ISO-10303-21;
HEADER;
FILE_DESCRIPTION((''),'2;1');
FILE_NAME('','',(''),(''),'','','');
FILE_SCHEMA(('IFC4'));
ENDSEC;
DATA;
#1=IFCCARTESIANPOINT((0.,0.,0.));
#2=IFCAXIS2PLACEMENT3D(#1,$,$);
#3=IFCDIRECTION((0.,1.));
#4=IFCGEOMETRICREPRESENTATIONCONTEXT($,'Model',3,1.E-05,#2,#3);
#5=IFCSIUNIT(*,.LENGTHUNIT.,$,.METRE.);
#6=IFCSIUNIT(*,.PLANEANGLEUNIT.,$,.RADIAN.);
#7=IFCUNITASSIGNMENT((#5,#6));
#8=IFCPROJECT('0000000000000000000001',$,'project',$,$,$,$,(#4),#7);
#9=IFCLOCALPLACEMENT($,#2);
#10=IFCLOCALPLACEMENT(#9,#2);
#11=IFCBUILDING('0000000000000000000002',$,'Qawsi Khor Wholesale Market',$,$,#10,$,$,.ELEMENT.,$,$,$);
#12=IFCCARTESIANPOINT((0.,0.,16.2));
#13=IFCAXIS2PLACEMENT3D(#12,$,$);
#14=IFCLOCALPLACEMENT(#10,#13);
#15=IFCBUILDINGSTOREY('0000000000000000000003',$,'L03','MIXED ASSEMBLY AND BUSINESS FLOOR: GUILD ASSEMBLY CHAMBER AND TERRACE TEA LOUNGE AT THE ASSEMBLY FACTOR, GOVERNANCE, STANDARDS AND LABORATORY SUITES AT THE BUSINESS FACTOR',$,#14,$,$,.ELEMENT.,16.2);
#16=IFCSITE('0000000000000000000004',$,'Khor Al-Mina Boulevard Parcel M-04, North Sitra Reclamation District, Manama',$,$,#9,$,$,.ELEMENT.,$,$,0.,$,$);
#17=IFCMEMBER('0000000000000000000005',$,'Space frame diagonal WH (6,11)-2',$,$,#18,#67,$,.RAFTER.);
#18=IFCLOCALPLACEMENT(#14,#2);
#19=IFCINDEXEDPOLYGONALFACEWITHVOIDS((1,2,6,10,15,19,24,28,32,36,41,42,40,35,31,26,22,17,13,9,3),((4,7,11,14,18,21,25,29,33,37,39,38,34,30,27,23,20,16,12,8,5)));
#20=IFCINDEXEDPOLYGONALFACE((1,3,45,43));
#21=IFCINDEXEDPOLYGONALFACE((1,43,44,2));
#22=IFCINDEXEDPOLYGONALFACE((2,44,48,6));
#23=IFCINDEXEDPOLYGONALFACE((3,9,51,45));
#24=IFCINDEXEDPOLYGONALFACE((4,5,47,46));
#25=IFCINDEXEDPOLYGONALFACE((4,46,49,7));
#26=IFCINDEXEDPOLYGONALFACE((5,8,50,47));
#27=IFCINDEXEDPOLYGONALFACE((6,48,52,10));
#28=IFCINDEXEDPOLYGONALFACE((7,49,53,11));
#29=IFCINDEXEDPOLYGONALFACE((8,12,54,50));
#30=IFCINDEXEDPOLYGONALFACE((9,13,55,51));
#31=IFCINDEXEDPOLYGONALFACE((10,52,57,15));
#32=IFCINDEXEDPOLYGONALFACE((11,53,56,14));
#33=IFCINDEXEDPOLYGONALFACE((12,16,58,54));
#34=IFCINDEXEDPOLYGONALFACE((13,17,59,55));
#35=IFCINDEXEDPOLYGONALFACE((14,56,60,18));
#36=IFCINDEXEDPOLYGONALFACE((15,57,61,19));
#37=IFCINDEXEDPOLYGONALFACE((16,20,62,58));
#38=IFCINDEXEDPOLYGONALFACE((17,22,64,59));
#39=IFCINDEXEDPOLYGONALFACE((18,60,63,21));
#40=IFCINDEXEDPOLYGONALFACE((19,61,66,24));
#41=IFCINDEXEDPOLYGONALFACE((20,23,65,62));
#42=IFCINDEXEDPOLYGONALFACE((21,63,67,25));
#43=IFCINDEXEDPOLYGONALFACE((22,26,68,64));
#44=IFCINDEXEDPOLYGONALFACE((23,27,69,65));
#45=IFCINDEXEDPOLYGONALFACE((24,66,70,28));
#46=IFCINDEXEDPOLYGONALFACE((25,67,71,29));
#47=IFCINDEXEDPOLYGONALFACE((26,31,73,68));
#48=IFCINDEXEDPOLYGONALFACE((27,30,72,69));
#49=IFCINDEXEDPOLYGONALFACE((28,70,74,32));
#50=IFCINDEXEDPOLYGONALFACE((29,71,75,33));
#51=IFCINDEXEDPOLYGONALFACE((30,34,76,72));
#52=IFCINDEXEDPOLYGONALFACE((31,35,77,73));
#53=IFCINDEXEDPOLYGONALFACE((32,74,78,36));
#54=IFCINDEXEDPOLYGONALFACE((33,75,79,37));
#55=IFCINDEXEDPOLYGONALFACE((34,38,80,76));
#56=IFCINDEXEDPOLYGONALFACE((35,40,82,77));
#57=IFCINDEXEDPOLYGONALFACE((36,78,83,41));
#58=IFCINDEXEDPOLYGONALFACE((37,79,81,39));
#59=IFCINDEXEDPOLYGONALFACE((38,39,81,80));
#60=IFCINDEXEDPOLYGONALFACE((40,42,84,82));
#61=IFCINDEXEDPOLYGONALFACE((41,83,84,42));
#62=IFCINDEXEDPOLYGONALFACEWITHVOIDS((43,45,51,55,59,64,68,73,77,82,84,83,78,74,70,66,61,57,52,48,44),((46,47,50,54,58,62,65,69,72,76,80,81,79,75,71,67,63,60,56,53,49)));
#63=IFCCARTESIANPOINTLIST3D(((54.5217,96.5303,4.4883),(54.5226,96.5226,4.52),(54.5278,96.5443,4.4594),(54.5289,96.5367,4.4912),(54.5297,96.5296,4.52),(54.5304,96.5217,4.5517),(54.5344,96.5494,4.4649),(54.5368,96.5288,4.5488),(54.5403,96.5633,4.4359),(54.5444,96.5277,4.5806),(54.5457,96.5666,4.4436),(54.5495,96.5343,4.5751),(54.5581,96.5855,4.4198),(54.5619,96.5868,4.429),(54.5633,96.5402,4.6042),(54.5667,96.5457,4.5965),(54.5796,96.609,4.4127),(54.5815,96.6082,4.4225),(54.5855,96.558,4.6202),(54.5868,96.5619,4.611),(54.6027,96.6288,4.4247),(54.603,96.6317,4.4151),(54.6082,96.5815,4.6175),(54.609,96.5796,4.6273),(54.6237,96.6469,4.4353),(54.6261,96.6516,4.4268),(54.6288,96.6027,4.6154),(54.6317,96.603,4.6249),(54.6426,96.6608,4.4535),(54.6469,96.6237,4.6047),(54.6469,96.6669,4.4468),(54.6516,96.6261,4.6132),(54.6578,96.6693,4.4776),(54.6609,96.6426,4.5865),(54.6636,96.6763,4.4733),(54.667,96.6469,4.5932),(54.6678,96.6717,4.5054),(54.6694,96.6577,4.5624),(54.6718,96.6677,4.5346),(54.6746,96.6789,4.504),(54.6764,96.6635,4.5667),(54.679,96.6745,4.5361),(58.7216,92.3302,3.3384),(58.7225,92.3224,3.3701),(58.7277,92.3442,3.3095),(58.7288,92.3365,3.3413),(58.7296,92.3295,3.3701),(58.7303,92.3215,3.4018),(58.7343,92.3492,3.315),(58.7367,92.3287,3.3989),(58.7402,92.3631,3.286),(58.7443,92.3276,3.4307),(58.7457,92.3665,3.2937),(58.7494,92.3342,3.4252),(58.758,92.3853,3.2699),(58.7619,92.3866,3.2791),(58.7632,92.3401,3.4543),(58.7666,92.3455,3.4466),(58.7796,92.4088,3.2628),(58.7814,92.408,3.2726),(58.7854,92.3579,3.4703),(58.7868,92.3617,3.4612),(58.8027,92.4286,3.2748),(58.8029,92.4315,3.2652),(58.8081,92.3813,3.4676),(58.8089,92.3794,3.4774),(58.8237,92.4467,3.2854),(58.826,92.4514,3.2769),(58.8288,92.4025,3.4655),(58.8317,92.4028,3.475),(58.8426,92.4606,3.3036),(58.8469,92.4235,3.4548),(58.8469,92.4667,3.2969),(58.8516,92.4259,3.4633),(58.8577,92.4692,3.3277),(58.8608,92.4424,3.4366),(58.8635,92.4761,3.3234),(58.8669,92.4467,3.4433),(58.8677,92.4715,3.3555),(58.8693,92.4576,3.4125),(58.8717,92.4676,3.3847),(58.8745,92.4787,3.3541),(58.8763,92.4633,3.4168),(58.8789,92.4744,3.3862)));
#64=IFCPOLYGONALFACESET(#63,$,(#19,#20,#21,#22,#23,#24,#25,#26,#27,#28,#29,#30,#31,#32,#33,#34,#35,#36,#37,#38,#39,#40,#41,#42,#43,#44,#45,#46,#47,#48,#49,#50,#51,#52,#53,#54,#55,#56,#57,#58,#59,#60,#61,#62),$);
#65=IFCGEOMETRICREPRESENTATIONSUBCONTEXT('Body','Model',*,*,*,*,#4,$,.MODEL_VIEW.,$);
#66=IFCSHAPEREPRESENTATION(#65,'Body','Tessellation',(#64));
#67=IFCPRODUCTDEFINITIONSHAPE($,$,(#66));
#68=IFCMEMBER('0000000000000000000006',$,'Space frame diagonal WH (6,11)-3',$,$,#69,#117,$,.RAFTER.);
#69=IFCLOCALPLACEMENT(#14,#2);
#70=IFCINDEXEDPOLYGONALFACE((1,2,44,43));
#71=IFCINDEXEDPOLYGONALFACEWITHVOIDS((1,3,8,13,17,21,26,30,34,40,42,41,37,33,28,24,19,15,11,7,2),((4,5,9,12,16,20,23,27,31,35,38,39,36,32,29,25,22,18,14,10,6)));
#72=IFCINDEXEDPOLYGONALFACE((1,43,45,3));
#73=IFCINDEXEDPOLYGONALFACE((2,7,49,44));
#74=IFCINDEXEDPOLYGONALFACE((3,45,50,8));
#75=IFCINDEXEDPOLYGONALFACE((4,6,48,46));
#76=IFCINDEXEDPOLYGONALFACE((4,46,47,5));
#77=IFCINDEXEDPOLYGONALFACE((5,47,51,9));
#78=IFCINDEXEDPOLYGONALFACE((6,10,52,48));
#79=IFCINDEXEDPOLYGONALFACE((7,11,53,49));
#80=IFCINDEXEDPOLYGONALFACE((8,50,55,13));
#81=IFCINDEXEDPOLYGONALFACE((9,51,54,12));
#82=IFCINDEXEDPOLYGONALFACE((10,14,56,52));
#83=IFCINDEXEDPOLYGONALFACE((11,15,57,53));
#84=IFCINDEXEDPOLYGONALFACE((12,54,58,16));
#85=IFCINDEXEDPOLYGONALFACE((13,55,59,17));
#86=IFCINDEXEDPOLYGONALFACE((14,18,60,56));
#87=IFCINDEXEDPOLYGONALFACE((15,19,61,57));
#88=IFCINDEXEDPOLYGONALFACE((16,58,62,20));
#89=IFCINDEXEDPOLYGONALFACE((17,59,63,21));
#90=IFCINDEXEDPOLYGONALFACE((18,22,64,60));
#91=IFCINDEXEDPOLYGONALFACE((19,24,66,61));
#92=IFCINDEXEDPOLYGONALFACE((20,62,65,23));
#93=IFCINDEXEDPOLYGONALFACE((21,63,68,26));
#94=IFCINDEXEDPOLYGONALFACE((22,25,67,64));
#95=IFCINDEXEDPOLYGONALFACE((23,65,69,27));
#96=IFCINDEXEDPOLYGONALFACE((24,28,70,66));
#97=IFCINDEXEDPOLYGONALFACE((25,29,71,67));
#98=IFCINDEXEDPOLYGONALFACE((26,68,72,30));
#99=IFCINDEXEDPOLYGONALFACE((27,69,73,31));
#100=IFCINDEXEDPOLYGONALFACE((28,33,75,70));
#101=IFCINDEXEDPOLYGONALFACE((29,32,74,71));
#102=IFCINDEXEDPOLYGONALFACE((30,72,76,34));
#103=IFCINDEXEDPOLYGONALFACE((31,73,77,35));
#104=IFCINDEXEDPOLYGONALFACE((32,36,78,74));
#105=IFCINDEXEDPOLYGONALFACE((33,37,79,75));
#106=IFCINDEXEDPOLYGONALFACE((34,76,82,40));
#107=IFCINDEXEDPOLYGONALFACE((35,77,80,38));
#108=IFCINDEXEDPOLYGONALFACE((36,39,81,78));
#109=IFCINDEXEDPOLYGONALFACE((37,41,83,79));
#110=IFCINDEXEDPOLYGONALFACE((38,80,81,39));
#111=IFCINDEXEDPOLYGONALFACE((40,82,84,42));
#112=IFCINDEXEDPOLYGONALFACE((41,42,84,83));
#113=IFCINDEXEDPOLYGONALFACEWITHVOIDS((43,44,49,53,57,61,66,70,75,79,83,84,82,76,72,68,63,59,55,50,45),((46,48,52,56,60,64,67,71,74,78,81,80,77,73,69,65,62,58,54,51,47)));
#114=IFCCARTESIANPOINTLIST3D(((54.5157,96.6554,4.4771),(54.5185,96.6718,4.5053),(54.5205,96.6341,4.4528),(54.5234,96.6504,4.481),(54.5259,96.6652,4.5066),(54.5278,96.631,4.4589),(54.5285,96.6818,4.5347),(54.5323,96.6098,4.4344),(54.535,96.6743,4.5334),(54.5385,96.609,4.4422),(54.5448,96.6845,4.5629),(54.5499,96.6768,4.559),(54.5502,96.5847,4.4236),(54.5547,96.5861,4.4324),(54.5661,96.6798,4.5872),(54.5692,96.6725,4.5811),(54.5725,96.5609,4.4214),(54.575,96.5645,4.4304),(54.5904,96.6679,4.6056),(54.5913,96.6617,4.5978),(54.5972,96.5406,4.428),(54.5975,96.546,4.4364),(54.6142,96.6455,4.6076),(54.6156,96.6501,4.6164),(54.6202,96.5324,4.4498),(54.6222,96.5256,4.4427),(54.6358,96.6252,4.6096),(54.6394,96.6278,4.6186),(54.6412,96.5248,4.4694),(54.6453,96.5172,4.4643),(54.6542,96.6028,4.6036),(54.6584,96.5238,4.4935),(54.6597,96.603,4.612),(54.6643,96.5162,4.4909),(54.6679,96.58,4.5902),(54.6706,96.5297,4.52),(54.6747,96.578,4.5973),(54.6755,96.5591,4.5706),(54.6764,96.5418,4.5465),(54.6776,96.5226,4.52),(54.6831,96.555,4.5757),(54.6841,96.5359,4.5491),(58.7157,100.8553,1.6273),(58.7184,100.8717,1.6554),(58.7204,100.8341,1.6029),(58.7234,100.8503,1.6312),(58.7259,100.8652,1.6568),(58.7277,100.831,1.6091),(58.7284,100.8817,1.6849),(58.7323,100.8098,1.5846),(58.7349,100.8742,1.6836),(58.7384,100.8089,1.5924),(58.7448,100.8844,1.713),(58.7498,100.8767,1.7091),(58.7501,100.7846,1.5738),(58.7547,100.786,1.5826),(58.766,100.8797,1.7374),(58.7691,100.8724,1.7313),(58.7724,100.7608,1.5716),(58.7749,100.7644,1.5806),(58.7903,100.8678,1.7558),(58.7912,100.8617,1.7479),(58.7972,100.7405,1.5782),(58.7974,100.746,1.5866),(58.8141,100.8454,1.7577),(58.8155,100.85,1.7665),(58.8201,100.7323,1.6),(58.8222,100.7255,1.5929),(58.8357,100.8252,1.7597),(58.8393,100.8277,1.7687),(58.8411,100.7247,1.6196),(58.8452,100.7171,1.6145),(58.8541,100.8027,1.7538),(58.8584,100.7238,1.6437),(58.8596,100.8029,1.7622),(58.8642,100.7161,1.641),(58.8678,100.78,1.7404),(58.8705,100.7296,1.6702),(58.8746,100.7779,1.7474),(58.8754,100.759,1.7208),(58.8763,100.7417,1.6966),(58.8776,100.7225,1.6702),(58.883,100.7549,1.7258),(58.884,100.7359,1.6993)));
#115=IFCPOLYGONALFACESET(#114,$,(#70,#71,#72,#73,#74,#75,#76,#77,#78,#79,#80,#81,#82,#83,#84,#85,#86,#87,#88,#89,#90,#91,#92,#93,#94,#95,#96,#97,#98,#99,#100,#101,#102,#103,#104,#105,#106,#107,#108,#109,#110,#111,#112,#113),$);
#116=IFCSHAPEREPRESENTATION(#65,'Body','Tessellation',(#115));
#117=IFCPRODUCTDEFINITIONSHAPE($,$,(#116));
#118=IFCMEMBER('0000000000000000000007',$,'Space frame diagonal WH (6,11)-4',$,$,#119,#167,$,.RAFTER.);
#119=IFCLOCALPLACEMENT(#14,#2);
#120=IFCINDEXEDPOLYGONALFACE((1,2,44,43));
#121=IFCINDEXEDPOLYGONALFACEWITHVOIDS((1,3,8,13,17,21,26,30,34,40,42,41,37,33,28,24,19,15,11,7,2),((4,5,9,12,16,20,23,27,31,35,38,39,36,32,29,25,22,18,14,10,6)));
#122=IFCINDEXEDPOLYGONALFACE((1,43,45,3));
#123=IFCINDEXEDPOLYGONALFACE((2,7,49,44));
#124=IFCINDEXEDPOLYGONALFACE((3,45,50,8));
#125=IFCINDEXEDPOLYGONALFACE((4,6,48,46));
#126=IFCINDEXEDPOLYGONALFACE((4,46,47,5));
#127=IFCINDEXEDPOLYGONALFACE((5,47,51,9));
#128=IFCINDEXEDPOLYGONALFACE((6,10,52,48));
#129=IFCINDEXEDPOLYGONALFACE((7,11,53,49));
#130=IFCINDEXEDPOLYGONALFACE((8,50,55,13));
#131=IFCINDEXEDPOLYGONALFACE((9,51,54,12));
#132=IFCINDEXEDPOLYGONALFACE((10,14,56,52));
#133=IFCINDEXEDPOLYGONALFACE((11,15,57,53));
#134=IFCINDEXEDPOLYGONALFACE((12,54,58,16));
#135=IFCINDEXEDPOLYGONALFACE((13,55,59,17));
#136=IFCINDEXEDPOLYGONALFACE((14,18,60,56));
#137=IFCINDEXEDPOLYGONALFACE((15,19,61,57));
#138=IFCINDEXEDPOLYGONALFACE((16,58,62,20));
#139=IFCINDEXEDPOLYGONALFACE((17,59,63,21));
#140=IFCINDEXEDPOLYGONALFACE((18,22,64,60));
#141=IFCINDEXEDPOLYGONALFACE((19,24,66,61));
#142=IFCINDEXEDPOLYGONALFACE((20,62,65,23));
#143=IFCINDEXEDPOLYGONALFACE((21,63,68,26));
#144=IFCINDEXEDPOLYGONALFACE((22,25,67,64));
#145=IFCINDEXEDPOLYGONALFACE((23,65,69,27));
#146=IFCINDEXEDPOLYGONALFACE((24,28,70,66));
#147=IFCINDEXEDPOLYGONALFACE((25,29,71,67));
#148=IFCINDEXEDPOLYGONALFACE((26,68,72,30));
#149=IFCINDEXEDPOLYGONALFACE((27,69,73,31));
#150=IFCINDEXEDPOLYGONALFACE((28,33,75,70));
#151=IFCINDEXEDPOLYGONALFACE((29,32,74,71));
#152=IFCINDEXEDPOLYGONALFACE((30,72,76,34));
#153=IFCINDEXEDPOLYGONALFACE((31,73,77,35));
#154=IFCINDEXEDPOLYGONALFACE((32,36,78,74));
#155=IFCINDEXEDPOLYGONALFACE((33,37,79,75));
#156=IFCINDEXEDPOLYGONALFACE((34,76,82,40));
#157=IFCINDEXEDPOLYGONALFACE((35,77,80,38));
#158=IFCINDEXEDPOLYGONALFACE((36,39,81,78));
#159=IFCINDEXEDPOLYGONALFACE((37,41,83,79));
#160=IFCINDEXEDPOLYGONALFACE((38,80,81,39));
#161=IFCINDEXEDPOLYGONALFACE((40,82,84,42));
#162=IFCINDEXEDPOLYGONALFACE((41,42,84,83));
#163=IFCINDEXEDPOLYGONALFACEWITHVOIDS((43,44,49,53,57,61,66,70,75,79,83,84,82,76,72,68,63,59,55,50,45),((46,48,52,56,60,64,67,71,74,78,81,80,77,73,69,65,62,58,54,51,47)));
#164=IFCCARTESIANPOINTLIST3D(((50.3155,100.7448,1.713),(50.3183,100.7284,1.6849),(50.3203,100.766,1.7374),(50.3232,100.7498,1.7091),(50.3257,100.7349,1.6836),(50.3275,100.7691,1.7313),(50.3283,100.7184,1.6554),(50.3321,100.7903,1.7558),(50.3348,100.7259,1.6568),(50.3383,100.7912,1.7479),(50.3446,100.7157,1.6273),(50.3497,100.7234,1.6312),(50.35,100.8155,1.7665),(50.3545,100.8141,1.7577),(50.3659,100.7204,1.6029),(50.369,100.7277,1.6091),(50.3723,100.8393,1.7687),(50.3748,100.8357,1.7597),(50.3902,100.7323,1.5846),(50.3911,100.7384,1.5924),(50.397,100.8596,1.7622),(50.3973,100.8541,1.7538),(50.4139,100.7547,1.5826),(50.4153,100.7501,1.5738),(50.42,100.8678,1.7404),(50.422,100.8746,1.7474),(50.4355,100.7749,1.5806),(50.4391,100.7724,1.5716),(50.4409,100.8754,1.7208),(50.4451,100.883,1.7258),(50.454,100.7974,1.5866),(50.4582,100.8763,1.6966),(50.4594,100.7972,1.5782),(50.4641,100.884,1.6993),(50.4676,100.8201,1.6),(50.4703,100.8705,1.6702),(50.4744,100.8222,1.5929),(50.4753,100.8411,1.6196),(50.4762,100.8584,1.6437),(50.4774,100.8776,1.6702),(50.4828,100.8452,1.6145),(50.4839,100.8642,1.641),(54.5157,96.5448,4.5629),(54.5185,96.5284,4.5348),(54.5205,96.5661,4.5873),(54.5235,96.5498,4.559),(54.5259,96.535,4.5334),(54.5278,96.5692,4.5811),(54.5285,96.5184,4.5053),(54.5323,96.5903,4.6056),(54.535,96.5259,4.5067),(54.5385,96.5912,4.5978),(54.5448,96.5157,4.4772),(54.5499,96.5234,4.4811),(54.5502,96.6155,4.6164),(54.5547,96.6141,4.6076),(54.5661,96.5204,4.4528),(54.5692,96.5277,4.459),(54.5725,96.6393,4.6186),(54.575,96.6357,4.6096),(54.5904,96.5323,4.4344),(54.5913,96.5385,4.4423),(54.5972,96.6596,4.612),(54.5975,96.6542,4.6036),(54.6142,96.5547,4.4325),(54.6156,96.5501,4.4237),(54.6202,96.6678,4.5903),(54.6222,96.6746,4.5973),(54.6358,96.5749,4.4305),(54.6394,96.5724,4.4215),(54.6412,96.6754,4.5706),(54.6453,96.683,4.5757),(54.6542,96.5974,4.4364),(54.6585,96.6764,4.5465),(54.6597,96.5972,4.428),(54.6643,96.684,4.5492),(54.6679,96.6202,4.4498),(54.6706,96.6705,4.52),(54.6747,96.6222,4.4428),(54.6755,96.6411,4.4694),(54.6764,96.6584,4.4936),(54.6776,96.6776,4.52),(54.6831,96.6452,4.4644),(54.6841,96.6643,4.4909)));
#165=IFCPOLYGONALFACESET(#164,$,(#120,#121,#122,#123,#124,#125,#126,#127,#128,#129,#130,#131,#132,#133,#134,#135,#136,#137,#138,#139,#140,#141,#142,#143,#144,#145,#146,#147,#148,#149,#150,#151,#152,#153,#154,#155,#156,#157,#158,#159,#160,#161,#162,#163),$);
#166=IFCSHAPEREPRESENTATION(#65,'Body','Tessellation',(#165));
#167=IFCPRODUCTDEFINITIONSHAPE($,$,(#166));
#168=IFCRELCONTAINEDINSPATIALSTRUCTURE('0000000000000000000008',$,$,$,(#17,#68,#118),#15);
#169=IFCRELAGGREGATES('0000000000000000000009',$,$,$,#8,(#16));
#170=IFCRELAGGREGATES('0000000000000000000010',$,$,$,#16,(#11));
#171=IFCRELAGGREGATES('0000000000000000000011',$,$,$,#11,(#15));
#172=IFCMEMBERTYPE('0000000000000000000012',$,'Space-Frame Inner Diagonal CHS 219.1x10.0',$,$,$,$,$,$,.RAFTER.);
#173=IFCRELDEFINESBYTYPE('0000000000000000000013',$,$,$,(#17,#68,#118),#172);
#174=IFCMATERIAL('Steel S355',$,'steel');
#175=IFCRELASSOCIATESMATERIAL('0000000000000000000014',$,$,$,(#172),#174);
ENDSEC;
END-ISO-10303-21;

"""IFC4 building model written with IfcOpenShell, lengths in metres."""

from ifc_helpers import new_model, si_unit, direction, frame, origin, origin_2d, place, context, subcontext, project, spatial, hollow_circle, extrude, material, material_profile, profile_set, type_object, element, save


model = new_model("IFC4")

# Units and contexts
model_context = context("Model", 3, precision=1e-05, world=origin(), true_north=direction((0.0, 1.0)))
body_context = subcontext(model_context, "Body", "Model", "MODEL_VIEW")
ifc_project = project(units=[si_unit("LENGTHUNIT", "METRE"), si_unit("PLANEANGLEUNIT", "RADIAN")], contexts=[model_context])

# Site, building, storey
site_placement = place(None, origin())
site = spatial("IfcSite", under=ifc_project, at=site_placement, Name="Khor Al-Mina Boulevard Parcel M-04, North Sitra Reclamation District, Manama", CompositionType="ELEMENT", RefElevation=0.0)
building_placement = place(site_placement, origin())
building = spatial("IfcBuilding", under=site, at=building_placement, Name="Qawsi Khor Wholesale Market", CompositionType="ELEMENT")
storey_placement = place(building_placement, frame((0.0, 0.0, 16.2)))
storey = spatial("IfcBuildingStorey", under=building, at=storey_placement, Name="L03", Description="MIXED ASSEMBLY AND BUSINESS FLOOR: GUILD ASSEMBLY CHAMBER AND TERRACE TEA LOUNGE AT THE ASSEMBLY FACTOR, GOVERNANCE, STANDARDS AND LABORATORY SUITES AT THE BUSINESS FACTOR", CompositionType="ELEMENT", Elevation=16.2)

# Members
ifc_material_1 = material(Name="Steel S355", Category="steel")
ifc_material_profile_1 = material_profile(ifc_material_1, hollow_circle(Radius=0.1096, WallThickness=0.01, at=origin_2d()), Name="CHS 219.1x10.0")
ifc_profile_set_1 = profile_set([ifc_material_profile_1], Name="Steel S355")
member_type_1 = type_object("IfcMemberType", Name="Space-Frame Inner Diagonal CHS 219.1x10.0", PredefinedType="RAFTER", material=ifc_profile_set_1)
member_1_placement = place(storey_placement, frame((58.8, 92.3999, 3.3701), z_axis=(-0.694197, 0.694238, 0.190064), x_axis=(-0.707127, -0.707086, 0.0)))
element("IfcMember", 1, at=member_1_placement, inside=storey, type_object=member_type_1, Name="Space frame diagonal WH (6,11)-2", PredefinedType="RAFTER", context=body_context, shape_type="SweptSolid", body=[
    extrude(hollow_circle(Radius=0.1096, WallThickness=0.01, at=origin_2d()), origin(), (0.0, 0.0, 1.0), 6.05),
])
member_2_placement = place(storey_placement, frame((58.8, 100.8, 1.6702), z_axis=(-0.637522, -0.637522, 0.432587), x_axis=(0.707107, -0.707107, 0.0)))
element("IfcMember", 2, at=member_2_placement, inside=storey, type_object=member_type_1, Name="Space frame diagonal WH (6,11)-3", PredefinedType="RAFTER", context=body_context, shape_type="SweptSolid", body=[
    extrude(hollow_circle(Radius=0.1096, WallThickness=0.01, at=origin_2d()), origin(), (0.0, 0.0, 1.0), 6.5879),
])
member_3_placement = place(storey_placement, frame((50.3999, 100.8, 1.6702), z_axis=(0.637544, -0.637507, 0.432577), x_axis=(0.707086, 0.707127, 0.0)))
element("IfcMember", 3, at=member_3_placement, inside=storey, type_object=member_type_1, Name="Space frame diagonal WH (6,11)-4", PredefinedType="RAFTER", context=body_context, shape_type="SweptSolid", body=[
    extrude(hollow_circle(Radius=0.1096, WallThickness=0.01, at=origin_2d()), origin(), (0.0, 0.0, 1.0), 6.5881),
])

save(model, "model.ifc")
